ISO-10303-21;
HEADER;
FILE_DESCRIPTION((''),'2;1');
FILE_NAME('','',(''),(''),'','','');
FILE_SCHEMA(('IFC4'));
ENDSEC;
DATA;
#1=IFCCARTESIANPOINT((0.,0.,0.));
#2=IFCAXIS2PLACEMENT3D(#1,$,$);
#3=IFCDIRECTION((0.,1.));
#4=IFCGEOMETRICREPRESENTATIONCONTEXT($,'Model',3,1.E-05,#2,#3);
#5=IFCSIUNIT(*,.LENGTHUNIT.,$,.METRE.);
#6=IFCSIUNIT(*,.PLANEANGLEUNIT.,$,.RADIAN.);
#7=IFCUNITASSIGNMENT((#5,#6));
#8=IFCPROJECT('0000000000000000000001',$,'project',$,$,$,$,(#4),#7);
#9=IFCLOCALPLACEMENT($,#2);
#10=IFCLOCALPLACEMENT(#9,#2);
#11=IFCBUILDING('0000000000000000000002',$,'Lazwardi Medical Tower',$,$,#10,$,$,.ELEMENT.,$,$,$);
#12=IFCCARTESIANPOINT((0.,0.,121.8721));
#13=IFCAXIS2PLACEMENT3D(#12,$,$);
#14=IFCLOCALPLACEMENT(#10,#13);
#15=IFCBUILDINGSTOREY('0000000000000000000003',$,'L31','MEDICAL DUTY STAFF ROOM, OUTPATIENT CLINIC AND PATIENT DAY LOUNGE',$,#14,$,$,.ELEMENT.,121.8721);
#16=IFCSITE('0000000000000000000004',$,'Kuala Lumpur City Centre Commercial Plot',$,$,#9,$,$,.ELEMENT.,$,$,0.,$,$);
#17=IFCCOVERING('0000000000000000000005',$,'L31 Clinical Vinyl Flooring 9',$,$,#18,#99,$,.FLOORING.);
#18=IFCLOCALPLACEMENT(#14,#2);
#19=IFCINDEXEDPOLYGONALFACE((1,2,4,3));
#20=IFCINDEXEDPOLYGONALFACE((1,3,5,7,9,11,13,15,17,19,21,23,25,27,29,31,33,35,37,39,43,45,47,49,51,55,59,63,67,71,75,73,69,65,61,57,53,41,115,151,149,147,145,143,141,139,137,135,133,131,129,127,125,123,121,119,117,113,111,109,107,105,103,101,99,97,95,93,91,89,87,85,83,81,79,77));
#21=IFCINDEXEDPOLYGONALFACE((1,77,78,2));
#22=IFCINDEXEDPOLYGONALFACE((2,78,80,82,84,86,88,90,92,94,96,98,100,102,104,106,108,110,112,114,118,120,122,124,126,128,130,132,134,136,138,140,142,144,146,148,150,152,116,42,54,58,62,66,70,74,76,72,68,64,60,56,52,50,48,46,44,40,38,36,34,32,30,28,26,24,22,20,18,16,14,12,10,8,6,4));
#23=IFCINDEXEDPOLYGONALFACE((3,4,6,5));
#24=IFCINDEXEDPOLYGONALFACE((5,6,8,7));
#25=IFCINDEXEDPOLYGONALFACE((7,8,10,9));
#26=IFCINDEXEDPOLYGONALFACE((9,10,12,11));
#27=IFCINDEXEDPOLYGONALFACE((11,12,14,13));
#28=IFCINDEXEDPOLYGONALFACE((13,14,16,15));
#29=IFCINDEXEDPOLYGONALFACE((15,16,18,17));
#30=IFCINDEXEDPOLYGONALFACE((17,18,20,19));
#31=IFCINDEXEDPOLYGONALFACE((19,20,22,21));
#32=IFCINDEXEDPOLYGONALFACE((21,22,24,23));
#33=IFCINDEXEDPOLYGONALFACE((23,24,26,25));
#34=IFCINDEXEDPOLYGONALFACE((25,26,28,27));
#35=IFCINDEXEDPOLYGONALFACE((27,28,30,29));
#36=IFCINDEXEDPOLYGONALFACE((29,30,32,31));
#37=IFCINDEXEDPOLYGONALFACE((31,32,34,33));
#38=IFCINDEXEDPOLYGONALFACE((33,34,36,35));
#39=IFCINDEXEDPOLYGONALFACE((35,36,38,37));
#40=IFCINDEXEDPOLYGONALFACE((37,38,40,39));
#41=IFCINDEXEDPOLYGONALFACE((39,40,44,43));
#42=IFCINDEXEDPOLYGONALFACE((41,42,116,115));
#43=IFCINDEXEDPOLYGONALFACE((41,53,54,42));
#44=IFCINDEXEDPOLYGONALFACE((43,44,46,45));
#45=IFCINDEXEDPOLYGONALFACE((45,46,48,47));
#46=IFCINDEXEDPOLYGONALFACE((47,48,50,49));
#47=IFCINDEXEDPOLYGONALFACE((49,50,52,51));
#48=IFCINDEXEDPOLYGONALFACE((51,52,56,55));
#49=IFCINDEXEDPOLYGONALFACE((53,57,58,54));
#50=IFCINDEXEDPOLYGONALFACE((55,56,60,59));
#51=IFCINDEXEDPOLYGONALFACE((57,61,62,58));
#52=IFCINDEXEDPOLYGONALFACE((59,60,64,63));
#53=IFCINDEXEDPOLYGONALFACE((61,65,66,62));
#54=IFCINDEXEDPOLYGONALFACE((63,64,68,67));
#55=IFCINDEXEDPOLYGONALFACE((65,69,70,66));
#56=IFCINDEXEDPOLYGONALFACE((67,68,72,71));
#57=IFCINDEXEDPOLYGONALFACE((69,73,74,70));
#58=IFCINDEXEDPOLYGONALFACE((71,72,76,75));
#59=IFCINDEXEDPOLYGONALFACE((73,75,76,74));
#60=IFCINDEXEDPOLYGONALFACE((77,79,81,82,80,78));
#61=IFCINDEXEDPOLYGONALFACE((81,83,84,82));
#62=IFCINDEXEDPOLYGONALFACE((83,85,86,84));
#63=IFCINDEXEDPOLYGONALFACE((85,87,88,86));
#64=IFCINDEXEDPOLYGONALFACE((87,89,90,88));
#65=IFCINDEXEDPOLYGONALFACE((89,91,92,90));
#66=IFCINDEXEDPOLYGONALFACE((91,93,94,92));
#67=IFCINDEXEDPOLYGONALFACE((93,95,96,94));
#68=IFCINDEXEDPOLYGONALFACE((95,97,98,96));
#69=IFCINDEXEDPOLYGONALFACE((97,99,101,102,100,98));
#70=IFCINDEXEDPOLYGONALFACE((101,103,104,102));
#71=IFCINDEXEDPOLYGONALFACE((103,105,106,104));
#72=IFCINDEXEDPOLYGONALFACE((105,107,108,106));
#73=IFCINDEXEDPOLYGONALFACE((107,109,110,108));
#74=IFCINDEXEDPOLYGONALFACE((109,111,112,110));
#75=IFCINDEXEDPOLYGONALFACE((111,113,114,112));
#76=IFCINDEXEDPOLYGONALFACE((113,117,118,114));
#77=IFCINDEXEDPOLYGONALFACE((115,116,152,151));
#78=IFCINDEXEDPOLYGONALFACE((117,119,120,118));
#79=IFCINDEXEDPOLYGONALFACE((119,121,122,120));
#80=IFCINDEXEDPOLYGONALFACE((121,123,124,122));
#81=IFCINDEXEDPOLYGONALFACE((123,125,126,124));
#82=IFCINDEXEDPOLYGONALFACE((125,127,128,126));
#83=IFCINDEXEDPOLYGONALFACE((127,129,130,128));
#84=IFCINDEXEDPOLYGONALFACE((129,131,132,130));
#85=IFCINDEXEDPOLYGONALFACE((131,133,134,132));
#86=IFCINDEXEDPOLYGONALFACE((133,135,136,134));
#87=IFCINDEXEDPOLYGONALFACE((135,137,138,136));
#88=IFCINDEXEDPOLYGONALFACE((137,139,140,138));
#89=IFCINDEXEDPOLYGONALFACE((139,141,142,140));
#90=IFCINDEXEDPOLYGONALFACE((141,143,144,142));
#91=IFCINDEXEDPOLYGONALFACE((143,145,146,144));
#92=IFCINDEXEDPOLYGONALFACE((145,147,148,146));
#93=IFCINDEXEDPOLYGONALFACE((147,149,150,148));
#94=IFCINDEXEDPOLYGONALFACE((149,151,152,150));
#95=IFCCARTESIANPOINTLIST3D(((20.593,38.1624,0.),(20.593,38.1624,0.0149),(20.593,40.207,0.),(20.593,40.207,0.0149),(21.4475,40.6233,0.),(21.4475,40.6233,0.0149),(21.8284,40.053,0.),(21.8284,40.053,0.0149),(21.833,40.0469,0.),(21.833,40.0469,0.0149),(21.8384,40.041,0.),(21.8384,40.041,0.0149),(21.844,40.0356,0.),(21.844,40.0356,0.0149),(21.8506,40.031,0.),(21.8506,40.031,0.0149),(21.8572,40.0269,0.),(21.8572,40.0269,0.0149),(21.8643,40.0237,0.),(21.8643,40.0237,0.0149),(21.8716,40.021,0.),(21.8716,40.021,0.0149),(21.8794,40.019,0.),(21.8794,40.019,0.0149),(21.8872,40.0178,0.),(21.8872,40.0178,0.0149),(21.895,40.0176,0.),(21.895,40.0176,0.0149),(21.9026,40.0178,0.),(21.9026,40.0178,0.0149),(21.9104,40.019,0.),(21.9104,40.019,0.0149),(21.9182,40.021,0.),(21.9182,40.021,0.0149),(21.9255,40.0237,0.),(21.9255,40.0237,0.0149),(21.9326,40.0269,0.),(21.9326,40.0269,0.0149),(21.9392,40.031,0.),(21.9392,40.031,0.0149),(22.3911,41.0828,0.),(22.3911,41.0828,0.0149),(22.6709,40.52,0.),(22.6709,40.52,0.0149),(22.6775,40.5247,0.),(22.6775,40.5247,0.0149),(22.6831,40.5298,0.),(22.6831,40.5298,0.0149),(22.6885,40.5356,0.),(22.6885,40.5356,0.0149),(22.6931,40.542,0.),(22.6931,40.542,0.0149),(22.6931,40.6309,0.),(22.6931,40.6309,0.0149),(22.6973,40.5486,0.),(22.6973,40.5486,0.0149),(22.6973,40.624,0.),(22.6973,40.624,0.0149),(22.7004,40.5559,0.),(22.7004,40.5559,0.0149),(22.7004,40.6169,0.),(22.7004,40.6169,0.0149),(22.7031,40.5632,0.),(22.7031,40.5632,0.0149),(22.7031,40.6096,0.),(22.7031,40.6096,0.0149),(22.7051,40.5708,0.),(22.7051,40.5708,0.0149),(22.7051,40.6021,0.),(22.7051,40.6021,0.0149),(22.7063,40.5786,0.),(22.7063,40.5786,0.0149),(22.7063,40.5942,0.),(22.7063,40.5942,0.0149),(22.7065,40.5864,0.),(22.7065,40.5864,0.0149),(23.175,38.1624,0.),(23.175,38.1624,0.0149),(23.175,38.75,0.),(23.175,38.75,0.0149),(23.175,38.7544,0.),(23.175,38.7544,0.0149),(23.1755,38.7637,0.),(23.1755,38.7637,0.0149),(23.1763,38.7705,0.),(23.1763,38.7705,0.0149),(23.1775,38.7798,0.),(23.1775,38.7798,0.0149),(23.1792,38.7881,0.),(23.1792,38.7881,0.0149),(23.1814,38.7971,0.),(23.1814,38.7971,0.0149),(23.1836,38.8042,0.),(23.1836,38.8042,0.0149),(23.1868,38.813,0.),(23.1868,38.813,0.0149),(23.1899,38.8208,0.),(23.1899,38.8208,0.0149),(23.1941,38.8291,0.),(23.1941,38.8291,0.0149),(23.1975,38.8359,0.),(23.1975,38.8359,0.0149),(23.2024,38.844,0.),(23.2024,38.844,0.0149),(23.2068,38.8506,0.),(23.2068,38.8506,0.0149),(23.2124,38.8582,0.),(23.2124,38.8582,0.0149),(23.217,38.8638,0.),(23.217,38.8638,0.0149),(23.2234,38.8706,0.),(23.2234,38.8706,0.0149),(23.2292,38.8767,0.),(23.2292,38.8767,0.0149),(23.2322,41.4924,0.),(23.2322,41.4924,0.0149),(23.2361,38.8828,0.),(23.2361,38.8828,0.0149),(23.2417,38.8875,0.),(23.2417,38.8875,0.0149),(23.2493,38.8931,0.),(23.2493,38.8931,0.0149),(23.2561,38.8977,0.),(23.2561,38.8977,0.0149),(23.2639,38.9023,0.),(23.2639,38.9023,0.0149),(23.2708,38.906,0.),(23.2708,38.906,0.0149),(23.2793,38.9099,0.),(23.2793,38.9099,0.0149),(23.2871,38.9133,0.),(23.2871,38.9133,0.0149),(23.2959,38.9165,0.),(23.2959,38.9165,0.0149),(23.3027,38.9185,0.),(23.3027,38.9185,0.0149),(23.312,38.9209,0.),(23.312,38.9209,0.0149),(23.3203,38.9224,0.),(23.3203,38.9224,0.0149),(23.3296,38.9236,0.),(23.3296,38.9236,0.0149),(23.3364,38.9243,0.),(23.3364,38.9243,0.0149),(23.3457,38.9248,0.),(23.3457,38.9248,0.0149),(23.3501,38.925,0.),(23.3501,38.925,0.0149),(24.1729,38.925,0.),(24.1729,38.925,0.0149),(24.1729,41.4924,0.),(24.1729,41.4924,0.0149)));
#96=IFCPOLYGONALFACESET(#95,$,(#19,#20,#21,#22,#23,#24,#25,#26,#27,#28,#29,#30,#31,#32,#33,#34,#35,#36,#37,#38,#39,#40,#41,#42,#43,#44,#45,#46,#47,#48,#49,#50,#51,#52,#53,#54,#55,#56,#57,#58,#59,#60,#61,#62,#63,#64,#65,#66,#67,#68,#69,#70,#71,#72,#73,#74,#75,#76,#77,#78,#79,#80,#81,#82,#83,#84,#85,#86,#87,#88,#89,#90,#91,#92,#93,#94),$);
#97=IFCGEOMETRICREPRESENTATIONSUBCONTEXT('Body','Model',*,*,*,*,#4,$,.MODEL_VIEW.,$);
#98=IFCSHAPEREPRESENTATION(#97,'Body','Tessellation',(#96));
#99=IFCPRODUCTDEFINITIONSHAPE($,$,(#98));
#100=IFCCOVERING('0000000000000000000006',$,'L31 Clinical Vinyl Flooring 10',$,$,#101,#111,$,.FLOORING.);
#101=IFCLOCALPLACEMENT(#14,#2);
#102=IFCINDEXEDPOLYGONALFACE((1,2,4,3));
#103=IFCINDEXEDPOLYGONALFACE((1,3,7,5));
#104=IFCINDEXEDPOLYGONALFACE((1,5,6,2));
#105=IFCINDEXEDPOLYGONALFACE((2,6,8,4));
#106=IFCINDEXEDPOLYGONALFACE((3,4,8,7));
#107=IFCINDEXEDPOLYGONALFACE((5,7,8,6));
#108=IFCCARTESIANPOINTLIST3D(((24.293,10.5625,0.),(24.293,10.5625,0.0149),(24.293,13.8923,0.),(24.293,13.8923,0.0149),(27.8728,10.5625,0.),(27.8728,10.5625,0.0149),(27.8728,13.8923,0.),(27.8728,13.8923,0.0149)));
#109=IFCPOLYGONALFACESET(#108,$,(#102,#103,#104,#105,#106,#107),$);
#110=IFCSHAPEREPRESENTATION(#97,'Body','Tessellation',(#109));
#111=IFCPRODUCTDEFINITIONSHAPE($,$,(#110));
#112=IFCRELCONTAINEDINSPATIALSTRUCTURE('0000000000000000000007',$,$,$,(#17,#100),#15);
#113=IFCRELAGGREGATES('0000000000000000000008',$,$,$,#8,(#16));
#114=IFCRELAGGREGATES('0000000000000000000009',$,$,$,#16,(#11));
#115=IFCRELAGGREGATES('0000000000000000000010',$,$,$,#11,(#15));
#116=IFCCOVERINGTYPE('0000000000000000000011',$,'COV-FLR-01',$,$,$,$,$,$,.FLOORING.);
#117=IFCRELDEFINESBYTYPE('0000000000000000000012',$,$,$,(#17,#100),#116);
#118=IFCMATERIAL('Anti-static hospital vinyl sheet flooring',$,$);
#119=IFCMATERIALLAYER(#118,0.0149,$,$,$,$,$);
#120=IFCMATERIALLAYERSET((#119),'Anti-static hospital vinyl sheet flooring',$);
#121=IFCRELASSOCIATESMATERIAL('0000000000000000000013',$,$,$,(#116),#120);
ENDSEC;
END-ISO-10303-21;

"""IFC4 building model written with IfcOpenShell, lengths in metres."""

from ifc_helpers import new_model, si_unit, direction, frame, origin, place, context, subcontext, project, spatial, polyline, outline, extrude, material, layer, layer_set, type_object, element, save


model = new_model("IFC4")

# Units and contexts
model_context = context("Model", 3, precision=1e-05, world=origin(), true_north=direction((0.0, 1.0)))
body_context = subcontext(model_context, "Body", "Model", "MODEL_VIEW")
ifc_project = project(units=[si_unit("LENGTHUNIT", "METRE"), si_unit("PLANEANGLEUNIT", "RADIAN")], contexts=[model_context])

# Site, building, storey
site_placement = place(None, origin())
site = spatial("IfcSite", under=ifc_project, at=site_placement, Name="Kuala Lumpur City Centre Commercial Plot", CompositionType="ELEMENT", RefElevation=0.0)
building_placement = place(site_placement, origin())
building = spatial("IfcBuilding", under=site, at=building_placement, Name="Lazwardi Medical Tower", CompositionType="ELEMENT")
storey_placement = place(building_placement, frame((0.0, 0.0, 121.8721)))
storey = spatial("IfcBuildingStorey", under=building, at=storey_placement, Name="L31", Description="MEDICAL DUTY STAFF ROOM, OUTPATIENT CLINIC AND PATIENT DAY LOUNGE", CompositionType="ELEMENT", Elevation=121.8721)

# Coverings
ifc_material_1 = material(Name="Anti-static hospital vinyl sheet flooring")
ifc_layer_1 = layer(ifc_material_1, 0.0149)
ifc_layer_set_1 = layer_set([ifc_layer_1], Name="Anti-static hospital vinyl sheet flooring")
covering_type_1 = type_object("IfcCoveringType", Name="COV-FLR-01", PredefinedType="FLOORING", material=ifc_layer_set_1)
covering_1_placement = place(storey_placement, origin())
element("IfcCovering", 1, at=covering_1_placement, inside=storey, type_object=covering_type_1, Name="L31 Clinical Vinyl Flooring 9", PredefinedType="FLOORING", context=body_context, shape_type="SweptSolid", body=[
    extrude(outline(polyline([(23.2322, 41.4924), (22.3911, 41.0828), (22.6931, 40.6309), (22.6973, 40.624), (22.7004, 40.6169), (22.7031, 40.6096), (22.7051, 40.6021), (22.7063, 40.5942), (22.7065, 40.5864), (22.7063, 40.5786), (22.7051, 40.5708), (22.7031, 40.5632), (22.7004, 40.5559), (22.6973, 40.5486), (22.6931, 40.542), (22.6885, 40.5356), (22.6831, 40.5298), (22.6775, 40.5247), (22.6709, 40.52), (21.9392, 40.031), (21.9326, 40.0269), (21.9255, 40.0237), (21.9182, 40.021), (21.9104, 40.019), (21.9026, 40.0178), (21.895, 40.0176), (21.8872, 40.0178), (21.8794, 40.019), (21.8716, 40.021), (21.8643, 40.0237), (21.8572, 40.0269), (21.8506, 40.031), (21.844, 40.0356), (21.8384, 40.041), (21.833, 40.0469), (21.8284, 40.053), (21.4475, 40.6233), (20.593, 40.207), (20.593, 38.1624), (23.175, 38.1624), (23.175, 38.75), (23.175, 38.7544), (23.1755, 38.7637), (23.1763, 38.7705), (23.1775, 38.7798), (23.1792, 38.7881), (23.1814, 38.7971), (23.1836, 38.8042), (23.1868, 38.813), (23.1899, 38.8208), (23.1941, 38.8291), (23.1975, 38.8359), (23.2024, 38.844), (23.2068, 38.8506), (23.2124, 38.8582), (23.217, 38.8638), (23.2234, 38.8706), (23.2292, 38.8767), (23.2361, 38.8828), (23.2417, 38.8875), (23.2493, 38.8931), (23.2561, 38.8977), (23.2639, 38.9023), (23.2708, 38.906), (23.2793, 38.9099), (23.2871, 38.9133), (23.2959, 38.9165), (23.3027, 38.9185), (23.312, 38.9209), (23.3203, 38.9224), (23.3296, 38.9236), (23.3364, 38.9243), (23.3457, 38.9248), (23.3501, 38.925), (24.1729, 38.925), (24.1729, 41.4924), (23.2322, 41.4924)])), origin(), (0.0, 0.0, 1.0), 0.0149),
])
covering_2_placement = place(storey_placement, origin())
element("IfcCovering", 2, at=covering_2_placement, inside=storey, type_object=covering_type_1, Name="L31 Clinical Vinyl Flooring 10", PredefinedType="FLOORING", context=body_context, shape_type="SweptSolid", body=[
    extrude(outline(polyline([(27.8728, 10.5625), (27.8728, 13.8923), (24.293, 13.8923), (24.293, 10.5625), (27.8728, 10.5625)])), origin(), (0.0, 0.0, 1.0), 0.0149),
])

save(model, "model.ifc")
